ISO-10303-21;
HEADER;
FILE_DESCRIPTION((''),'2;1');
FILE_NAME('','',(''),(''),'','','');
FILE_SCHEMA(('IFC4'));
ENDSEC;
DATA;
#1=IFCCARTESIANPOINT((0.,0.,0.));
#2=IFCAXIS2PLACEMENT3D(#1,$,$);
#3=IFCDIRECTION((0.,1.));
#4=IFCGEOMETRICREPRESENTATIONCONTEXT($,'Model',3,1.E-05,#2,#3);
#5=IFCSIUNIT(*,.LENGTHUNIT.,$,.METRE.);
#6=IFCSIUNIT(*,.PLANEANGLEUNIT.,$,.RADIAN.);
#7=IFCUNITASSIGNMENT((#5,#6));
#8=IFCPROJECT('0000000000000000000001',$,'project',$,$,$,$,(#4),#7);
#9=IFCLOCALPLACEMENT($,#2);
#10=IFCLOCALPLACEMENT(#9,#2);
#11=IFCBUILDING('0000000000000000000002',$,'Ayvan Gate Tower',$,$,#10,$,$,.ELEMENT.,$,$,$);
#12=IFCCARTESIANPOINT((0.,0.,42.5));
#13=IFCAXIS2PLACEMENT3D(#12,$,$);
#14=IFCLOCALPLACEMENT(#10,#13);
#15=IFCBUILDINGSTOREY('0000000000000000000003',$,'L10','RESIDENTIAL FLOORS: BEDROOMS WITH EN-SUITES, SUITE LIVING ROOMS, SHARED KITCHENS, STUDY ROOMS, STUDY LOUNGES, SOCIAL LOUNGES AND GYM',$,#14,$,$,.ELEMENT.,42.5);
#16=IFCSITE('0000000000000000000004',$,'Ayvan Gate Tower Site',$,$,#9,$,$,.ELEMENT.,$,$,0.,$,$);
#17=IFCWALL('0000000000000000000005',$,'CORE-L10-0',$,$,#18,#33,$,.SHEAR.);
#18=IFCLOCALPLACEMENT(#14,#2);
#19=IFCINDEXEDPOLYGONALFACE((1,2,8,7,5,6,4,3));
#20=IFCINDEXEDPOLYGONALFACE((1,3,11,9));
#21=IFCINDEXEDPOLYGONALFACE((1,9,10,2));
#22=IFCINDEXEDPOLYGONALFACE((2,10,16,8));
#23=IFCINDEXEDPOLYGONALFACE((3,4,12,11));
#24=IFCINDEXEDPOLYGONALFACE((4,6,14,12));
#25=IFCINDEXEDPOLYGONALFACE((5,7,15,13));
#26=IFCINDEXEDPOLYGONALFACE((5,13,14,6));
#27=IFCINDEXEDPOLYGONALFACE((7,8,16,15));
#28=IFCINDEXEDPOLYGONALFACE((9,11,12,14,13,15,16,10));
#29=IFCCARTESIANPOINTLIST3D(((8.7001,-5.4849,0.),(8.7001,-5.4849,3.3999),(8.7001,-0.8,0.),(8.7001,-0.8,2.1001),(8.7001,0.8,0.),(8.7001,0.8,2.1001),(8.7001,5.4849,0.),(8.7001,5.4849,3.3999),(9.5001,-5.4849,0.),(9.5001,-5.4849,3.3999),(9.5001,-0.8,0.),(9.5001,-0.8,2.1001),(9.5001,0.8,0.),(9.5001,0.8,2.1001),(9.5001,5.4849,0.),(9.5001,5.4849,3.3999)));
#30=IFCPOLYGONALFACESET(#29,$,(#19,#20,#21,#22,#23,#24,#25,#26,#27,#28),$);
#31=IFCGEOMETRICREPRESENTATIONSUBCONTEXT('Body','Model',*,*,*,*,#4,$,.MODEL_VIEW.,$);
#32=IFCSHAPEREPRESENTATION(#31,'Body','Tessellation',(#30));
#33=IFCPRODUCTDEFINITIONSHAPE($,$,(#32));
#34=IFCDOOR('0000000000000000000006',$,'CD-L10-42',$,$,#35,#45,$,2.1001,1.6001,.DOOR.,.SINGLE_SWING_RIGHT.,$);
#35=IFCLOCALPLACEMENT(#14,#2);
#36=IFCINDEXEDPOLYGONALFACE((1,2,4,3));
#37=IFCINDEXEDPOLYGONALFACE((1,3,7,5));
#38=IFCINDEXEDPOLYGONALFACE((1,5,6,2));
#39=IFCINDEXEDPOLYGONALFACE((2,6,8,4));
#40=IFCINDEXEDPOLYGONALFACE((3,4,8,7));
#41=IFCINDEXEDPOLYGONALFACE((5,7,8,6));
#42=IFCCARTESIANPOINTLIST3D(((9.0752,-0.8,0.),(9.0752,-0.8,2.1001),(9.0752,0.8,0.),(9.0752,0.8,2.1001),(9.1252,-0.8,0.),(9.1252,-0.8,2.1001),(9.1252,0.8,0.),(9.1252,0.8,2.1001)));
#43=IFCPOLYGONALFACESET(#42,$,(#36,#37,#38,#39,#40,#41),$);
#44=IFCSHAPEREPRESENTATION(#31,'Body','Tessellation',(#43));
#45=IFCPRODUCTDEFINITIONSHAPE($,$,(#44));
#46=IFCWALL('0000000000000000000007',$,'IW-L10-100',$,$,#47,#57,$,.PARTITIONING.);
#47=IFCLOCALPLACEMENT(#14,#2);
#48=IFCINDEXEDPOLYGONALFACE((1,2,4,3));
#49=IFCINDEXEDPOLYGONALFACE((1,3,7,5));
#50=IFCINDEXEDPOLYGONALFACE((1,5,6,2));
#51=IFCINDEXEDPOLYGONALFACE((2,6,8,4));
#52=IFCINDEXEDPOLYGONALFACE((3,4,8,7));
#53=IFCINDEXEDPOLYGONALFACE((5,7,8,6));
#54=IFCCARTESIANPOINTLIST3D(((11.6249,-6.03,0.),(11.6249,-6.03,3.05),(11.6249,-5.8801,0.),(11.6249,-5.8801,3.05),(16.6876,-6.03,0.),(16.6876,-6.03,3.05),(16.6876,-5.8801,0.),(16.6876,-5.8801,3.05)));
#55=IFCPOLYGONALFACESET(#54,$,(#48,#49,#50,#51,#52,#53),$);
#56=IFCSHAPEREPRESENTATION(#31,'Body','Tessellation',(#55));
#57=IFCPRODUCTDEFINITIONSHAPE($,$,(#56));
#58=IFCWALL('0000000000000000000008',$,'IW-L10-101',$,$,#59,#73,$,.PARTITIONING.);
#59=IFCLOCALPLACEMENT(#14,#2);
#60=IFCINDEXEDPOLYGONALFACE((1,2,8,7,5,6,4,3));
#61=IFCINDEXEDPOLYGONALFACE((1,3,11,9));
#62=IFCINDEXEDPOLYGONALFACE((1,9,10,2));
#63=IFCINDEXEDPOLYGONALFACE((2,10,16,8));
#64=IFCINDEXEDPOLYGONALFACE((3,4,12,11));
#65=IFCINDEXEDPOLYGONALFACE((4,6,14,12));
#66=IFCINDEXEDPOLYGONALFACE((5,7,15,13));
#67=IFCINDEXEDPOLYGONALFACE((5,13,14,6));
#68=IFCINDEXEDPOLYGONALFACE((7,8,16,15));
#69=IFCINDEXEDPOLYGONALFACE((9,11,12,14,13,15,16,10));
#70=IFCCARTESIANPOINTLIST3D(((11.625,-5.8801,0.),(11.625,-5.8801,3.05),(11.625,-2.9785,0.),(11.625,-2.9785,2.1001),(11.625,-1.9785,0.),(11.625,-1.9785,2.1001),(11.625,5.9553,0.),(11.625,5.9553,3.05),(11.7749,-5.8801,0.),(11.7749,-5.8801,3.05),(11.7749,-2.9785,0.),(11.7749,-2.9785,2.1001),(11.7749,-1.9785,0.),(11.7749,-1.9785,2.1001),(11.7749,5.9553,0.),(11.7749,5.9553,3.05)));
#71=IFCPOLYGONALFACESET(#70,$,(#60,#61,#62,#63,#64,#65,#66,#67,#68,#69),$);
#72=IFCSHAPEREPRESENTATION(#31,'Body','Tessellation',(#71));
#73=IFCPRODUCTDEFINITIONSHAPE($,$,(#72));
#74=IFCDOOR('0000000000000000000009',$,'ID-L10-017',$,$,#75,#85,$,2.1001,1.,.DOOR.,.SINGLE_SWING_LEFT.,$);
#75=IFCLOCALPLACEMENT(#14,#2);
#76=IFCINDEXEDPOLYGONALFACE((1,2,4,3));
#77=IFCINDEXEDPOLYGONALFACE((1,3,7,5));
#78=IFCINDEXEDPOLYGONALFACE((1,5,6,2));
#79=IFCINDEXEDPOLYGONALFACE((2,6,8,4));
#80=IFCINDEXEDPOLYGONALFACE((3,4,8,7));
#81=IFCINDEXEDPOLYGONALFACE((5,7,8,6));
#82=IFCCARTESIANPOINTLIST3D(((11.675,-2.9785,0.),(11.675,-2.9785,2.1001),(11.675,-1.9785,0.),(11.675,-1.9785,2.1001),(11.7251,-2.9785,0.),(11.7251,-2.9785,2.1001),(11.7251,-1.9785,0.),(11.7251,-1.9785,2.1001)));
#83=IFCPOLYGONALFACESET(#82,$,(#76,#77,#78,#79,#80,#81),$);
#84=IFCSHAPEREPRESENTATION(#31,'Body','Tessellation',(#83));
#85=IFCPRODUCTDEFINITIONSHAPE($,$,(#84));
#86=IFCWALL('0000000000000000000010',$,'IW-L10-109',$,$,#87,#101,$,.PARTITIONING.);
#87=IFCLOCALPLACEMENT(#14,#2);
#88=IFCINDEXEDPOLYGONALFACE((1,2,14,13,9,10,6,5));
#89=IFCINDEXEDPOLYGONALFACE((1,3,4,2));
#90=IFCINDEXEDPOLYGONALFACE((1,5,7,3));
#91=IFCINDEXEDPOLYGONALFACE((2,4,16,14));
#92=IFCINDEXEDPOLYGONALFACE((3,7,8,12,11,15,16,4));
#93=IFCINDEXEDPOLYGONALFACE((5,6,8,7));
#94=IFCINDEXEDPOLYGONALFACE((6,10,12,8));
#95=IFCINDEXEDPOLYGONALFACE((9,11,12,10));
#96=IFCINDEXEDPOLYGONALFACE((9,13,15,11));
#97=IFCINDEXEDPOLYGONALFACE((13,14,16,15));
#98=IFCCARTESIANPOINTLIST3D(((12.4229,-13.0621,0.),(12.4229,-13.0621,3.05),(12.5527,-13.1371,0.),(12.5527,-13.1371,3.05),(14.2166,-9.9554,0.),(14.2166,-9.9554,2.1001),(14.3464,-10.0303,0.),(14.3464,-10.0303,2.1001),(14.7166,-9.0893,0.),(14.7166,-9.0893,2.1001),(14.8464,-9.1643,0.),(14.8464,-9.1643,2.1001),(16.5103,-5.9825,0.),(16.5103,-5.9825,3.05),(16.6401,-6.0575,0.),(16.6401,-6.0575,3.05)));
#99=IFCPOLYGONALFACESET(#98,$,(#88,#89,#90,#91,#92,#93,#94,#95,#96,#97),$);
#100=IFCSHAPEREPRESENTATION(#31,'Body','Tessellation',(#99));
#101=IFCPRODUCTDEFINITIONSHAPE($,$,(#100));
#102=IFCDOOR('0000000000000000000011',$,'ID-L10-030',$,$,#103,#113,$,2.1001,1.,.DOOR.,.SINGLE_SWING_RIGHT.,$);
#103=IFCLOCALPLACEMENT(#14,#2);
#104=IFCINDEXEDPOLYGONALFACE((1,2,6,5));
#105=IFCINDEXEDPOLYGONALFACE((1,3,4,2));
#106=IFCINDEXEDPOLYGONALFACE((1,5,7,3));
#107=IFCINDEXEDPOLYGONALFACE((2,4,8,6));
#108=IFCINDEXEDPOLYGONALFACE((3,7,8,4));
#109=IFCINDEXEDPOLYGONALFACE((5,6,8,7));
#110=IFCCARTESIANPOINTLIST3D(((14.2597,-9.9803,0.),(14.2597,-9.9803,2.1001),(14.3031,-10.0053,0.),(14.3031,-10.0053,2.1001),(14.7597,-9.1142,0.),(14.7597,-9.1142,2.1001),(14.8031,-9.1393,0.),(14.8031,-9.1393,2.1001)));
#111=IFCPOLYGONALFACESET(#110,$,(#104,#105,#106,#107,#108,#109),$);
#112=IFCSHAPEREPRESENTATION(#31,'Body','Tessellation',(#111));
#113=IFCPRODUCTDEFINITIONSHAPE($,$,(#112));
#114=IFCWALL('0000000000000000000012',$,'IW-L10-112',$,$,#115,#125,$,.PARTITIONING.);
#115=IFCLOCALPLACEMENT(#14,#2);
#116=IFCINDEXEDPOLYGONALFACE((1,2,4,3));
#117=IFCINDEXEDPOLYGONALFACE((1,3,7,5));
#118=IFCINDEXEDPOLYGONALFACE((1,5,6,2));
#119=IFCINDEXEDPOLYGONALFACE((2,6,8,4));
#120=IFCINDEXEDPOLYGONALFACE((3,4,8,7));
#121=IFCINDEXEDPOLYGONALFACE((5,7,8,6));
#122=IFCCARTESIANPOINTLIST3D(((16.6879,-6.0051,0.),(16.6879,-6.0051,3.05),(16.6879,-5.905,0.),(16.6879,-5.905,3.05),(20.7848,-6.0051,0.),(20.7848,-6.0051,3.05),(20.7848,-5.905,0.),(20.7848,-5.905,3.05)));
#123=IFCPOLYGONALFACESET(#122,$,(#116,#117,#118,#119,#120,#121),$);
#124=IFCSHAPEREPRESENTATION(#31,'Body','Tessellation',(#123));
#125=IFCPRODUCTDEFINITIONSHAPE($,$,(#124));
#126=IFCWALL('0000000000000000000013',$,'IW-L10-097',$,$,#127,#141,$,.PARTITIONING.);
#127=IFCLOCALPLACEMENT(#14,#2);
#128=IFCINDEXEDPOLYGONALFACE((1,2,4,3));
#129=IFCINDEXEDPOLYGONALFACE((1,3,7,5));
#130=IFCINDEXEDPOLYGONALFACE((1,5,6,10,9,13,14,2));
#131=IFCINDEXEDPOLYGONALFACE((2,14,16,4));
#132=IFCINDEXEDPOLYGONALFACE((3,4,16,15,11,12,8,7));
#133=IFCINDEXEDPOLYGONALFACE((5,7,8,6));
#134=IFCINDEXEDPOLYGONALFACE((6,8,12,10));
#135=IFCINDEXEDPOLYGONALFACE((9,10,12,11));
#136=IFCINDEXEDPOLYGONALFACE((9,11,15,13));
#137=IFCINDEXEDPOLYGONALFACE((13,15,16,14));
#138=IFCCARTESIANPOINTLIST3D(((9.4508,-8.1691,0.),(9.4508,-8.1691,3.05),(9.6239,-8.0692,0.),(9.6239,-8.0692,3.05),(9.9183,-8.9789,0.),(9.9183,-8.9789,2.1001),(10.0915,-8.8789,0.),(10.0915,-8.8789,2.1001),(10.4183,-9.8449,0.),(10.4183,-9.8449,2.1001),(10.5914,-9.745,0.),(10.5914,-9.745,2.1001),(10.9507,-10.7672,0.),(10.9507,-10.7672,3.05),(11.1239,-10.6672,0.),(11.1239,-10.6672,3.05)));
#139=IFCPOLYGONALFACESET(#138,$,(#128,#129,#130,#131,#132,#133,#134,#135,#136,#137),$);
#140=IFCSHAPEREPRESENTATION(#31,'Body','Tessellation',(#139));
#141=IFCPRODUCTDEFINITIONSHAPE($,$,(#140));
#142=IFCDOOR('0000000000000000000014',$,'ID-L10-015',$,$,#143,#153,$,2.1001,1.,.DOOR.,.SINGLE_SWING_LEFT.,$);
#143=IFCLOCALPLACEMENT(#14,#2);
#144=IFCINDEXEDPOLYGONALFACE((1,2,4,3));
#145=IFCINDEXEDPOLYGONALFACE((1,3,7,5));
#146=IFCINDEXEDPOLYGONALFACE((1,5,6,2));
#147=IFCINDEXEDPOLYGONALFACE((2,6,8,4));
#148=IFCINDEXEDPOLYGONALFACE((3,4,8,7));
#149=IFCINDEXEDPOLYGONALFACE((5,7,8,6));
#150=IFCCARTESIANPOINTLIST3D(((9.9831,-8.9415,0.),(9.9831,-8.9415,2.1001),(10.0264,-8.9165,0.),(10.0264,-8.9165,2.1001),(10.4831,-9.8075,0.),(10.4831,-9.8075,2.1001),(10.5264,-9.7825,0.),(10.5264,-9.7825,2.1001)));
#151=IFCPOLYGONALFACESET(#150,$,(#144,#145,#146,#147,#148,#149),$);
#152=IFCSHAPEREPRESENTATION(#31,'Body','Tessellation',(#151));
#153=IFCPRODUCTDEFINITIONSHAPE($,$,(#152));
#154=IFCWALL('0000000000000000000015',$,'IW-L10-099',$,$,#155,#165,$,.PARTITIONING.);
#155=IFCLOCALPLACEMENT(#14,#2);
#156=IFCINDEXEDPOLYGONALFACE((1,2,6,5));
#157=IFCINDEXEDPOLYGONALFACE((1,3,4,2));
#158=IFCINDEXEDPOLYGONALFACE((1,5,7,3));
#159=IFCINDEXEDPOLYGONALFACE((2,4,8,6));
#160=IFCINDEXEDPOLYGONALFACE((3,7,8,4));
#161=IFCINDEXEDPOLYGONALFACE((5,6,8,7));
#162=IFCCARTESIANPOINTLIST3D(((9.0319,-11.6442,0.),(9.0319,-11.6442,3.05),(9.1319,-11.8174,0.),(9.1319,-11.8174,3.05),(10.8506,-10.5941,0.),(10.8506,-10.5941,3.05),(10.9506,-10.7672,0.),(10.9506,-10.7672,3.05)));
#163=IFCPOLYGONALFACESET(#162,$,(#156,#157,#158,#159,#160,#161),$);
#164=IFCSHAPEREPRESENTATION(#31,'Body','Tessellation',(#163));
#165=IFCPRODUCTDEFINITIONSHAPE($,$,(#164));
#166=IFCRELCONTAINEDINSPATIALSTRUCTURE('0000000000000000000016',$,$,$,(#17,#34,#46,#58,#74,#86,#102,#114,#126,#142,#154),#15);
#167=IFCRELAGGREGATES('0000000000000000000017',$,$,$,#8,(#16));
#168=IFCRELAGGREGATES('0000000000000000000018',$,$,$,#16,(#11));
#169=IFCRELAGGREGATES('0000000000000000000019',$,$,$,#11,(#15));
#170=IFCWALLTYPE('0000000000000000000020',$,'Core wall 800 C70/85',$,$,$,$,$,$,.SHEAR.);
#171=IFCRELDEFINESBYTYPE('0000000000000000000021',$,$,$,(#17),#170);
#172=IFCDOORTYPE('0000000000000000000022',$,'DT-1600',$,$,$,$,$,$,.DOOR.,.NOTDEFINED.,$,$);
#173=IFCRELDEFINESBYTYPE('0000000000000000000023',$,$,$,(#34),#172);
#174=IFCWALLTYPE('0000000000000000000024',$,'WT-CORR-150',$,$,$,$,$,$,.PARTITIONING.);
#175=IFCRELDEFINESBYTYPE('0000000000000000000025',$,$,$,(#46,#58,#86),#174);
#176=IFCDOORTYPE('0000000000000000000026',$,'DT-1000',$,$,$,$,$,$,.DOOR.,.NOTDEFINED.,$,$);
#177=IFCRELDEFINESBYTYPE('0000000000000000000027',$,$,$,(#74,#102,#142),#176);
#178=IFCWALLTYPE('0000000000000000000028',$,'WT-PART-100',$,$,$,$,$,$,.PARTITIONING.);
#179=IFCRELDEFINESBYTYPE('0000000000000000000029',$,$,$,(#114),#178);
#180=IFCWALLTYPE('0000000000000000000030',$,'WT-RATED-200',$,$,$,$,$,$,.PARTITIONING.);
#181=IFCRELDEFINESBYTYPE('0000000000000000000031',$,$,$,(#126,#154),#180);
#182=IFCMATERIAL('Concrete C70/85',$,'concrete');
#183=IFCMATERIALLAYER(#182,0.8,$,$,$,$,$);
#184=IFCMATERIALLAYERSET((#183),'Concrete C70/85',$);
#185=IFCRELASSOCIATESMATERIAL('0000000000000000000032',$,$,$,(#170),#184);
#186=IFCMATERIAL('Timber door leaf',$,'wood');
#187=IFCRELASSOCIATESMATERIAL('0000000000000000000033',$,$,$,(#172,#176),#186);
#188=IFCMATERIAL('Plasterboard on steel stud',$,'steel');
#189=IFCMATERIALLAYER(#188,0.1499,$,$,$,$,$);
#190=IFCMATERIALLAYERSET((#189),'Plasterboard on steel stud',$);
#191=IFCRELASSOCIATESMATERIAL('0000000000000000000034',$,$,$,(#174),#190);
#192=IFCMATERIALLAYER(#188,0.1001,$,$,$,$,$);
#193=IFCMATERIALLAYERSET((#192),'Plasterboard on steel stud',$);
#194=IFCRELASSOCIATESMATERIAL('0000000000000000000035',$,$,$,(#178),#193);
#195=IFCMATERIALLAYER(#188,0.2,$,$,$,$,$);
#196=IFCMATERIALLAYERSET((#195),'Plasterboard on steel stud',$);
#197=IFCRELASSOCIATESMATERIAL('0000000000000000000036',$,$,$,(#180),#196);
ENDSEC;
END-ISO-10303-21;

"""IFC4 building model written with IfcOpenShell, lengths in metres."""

from ifc_helpers import new_model, si_unit, direction, frame, frame_2d, origin, place, context, subcontext, project, spatial, rectangle, extrude, material, layer, layer_set, type_object, element, fill, save


model = new_model("IFC4")

# Units and contexts
model_context = context("Model", 3, precision=1e-05, world=origin(), true_north=direction((0.0, 1.0)))
body_context = subcontext(model_context, "Body", "Model", "MODEL_VIEW")
ifc_project = project(units=[si_unit("LENGTHUNIT", "METRE"), si_unit("PLANEANGLEUNIT", "RADIAN")], contexts=[model_context])

# Site, building, storey
site_placement = place(None, origin())
site = spatial("IfcSite", under=ifc_project, at=site_placement, Name="Ayvan Gate Tower Site", CompositionType="ELEMENT", RefElevation=0.0)
building_placement = place(site_placement, origin())
building = spatial("IfcBuilding", under=site, at=building_placement, Name="Ayvan Gate Tower", CompositionType="ELEMENT")
storey_placement = place(building_placement, frame((0.0, 0.0, 42.5)))
storey = spatial("IfcBuildingStorey", under=building, at=storey_placement, Name="L10", Description="RESIDENTIAL FLOORS: BEDROOMS WITH EN-SUITES, SUITE LIVING ROOMS, SHARED KITCHENS, STUDY ROOMS, STUDY LOUNGES, SOCIAL LOUNGES AND GYM", CompositionType="ELEMENT", Elevation=42.5)

# Shared definitions
ifc_material_1 = material(Name="Concrete C70/85", Category="concrete")

# Wall, opening, door
ifc_layer_1 = layer(ifc_material_1, 0.8)
ifc_layer_set_1 = layer_set([ifc_layer_1], Name="Concrete C70/85")
wall_type_1 = type_object("IfcWallType", Name="Core wall 800 C70/85", PredefinedType="SHEAR", material=ifc_layer_set_1)
wall_1_placement = place(storey_placement, frame((9.1001, -5.4849, 0.0), z_axis=(0.0, 0.0, 1.0), x_axis=(0.0, 1.0, 0.0)))
wall_1 = element("IfcWall", 1, at=wall_1_placement, inside=storey, type_object=wall_type_1, Name="CORE-L10-0", PredefinedType="SHEAR", context=body_context, shape_type="SweptSolid", body=[
    extrude(rectangle(XDim=10.9697, YDim=0.8, at=frame_2d((5.4849, 0.0))), origin(), (0.0, 0.0, 1.0), 3.3999),
])
opening_1_placement = place(wall_1_placement, frame((4.6848, 0.0, 0.0)))
opening_1 = element("IfcOpeningElement", 2, at=opening_1_placement, cuts=wall_1, PredefinedType="OPENING", context=body_context, shape_type="SweptSolid", body=[
    extrude(rectangle(XDim=1.6001, YDim=2.1001, at=frame_2d((0.8, 1.05))), frame((0.0, 0.4099, 0.0), z_axis=(0.0, -1.0, 0.0), x_axis=(1.0, 0.0, 0.0)), (0.0, 0.0, 1.0), 0.8201),
])
ifc_material_2 = material(Name="Timber door leaf", Category="wood")
door_type_1 = type_object("IfcDoorType", Name="DT-1600", OperationType="NOTDEFINED", PredefinedType="DOOR", material=ifc_material_2)
door_1_placement = place(opening_1_placement, origin())
door_1 = element("IfcDoor", 3, at=door_1_placement, inside=storey, type_object=door_type_1, Name="CD-L10-42", OperationType="SINGLE_SWING_RIGHT", OverallHeight=2.1001, OverallWidth=1.6001, PredefinedType="DOOR", context=body_context, shape_type="SweptSolid", body=[
    extrude(rectangle(XDim=1.6001, YDim=2.1001, at=frame_2d((0.8, 1.05))), frame((0.0, 0.0249, 0.0), z_axis=(0.0, -1.0, 0.0), x_axis=(1.0, 0.0, 0.0)), (0.0, 0.0, 1.0), 0.05),
])
fill(opening_1, door_1)

# Wall
ifc_material_3 = material(Name="Plasterboard on steel stud", Category="steel")
ifc_layer_2 = layer(ifc_material_3, 0.1499)
ifc_layer_set_2 = layer_set([ifc_layer_2], Name="Plasterboard on steel stud")
wall_type_2 = type_object("IfcWallType", Name="WT-CORR-150", PredefinedType="PARTITIONING", material=ifc_layer_set_2)
wall_2_placement = place(storey_placement, frame((11.625, -5.9551, 0.0), z_axis=(0.0, 0.0, 1.0), x_axis=(1.0, 0.0, 0.0)))
element("IfcWall", 4, at=wall_2_placement, inside=storey, type_object=wall_type_2, Name="IW-L10-100", PredefinedType="PARTITIONING", context=body_context, shape_type="SweptSolid", body=[
    extrude(rectangle(XDim=5.0627, YDim=0.1499, at=frame_2d((2.5312, 0.0))), origin(), (0.0, 0.0, 1.0), 3.05),
])

# Walls, openings, doors
wall_3_placement = place(storey_placement, frame((11.7, -5.8801, 0.0), z_axis=(0.0, 0.0, 1.0), x_axis=(0.0, 1.0, 0.0)))
wall_3 = element("IfcWall", 5, at=wall_3_placement, inside=storey, type_object=wall_type_2, Name="IW-L10-101", PredefinedType="PARTITIONING", context=body_context, shape_type="SweptSolid", body=[
    extrude(rectangle(XDim=11.8354, YDim=0.1499, at=frame_2d((5.9177, 0.0))), origin(), (0.0, 0.0, 1.0), 3.05),
])
opening_2_placement = place(wall_3_placement, frame((2.9016, 0.0, 0.0)))
opening_2 = element("IfcOpeningElement", 6, at=opening_2_placement, cuts=wall_3, PredefinedType="OPENING", context=body_context, shape_type="SweptSolid", body=[
    extrude(rectangle(XDim=1.0, YDim=2.1001, at=frame_2d((0.5, 1.05))), frame((0.0, 0.085, 0.0), z_axis=(0.0, -1.0, 0.0), x_axis=(1.0, 0.0, 0.0)), (0.0, 0.0, 1.0), 0.1699),
])
door_type_2 = type_object("IfcDoorType", Name="DT-1000", OperationType="NOTDEFINED", PredefinedType="DOOR", material=ifc_material_2)
door_2_placement = place(opening_2_placement, origin())
door_2 = element("IfcDoor", 7, at=door_2_placement, inside=storey, type_object=door_type_2, Name="ID-L10-017", OperationType="SINGLE_SWING_LEFT", OverallHeight=2.1001, OverallWidth=1.0, PredefinedType="DOOR", context=body_context, shape_type="SweptSolid", body=[
    extrude(rectangle(XDim=1.0, YDim=2.1001, at=frame_2d((0.5, 1.05))), frame((0.0, 0.0249, 0.0), z_axis=(0.0, -1.0, 0.0), x_axis=(1.0, 0.0, 0.0)), (0.0, 0.0, 1.0), 0.05),
])
fill(opening_2, door_2)
wall_4_placement = place(storey_placement, frame((16.5752, -6.02, 0.0), z_axis=(0.0, 0.0, 1.0), x_axis=(-0.5, -0.866025, 0.0)))
wall_4 = element("IfcWall", 8, at=wall_4_placement, inside=storey, type_object=wall_type_2, Name="IW-L10-109", PredefinedType="PARTITIONING", context=body_context, shape_type="SweptSolid", body=[
    extrude(rectangle(XDim=8.1748, YDim=0.1499, at=frame_2d((4.0874, 0.0))), origin(), (0.0, 0.0, 1.0), 3.05),
])
opening_3_placement = place(wall_4_placement, frame((3.5874, 0.0, 0.0)))
opening_3 = element("IfcOpeningElement", 9, at=opening_3_placement, cuts=wall_4, PredefinedType="OPENING", context=body_context, shape_type="SweptSolid", body=[
    extrude(rectangle(XDim=1.0, YDim=2.1001, at=frame_2d((0.5, 1.05))), frame((0.0, 0.085, 0.0), z_axis=(0.0, -1.0, 0.0), x_axis=(1.0, 0.0, 0.0)), (0.0, 0.0, 1.0), 0.1699),
])
door_3_placement = place(opening_3_placement, origin())
door_3 = element("IfcDoor", 10, at=door_3_placement, inside=storey, type_object=door_type_2, Name="ID-L10-030", OperationType="SINGLE_SWING_RIGHT", OverallHeight=2.1001, OverallWidth=1.0, PredefinedType="DOOR", context=body_context, shape_type="SweptSolid", body=[
    extrude(rectangle(XDim=1.0, YDim=2.1001, at=frame_2d((0.5, 1.05))), frame((0.0, 0.0249, 0.0), z_axis=(0.0, -1.0, 0.0), x_axis=(1.0, 0.0, 0.0)), (0.0, 0.0, 1.0), 0.05),
])
fill(opening_3, door_3)

# Wall
ifc_layer_3 = layer(ifc_material_3, 0.1001)
ifc_layer_set_3 = layer_set([ifc_layer_3], Name="Plasterboard on steel stud")
wall_type_3 = type_object("IfcWallType", Name="WT-PART-100", PredefinedType="PARTITIONING", material=ifc_layer_set_3)
wall_5_placement = place(storey_placement, frame((20.7847, -5.9551, 0.0), z_axis=(0.0, 0.0, 1.0), x_axis=(-1.0, 0.0, 0.0)))
element("IfcWall", 11, at=wall_5_placement, inside=storey, type_object=wall_type_3, Name="IW-L10-112", PredefinedType="PARTITIONING", context=body_context, shape_type="SweptSolid", body=[
    extrude(rectangle(XDim=4.0969, YDim=0.1001, at=frame_2d((2.0483, 0.0))), origin(), (0.0, 0.0, 1.0), 3.05),
])

# Wall, opening, door
ifc_layer_4 = layer(ifc_material_3, 0.2)
ifc_layer_set_4 = layer_set([ifc_layer_4], Name="Plasterboard on steel stud")
wall_type_4 = type_object("IfcWallType", Name="WT-RATED-200", PredefinedType="PARTITIONING", material=ifc_layer_set_4)
wall_6_placement = place(storey_placement, frame((9.5374, -8.1191, 0.0), z_axis=(0.0, 0.0, 1.0), x_axis=(0.49999, -0.866031, 0.0)))
wall_6 = element("IfcWall", 12, at=wall_6_placement, inside=storey, type_object=wall_type_4, Name="IW-L10-097", PredefinedType="PARTITIONING", context=body_context, shape_type="SweptSolid", body=[
    extrude(rectangle(XDim=3.0, YDim=0.2, at=frame_2d((1.5, 0.0))), origin(), (0.0, 0.0, 1.0), 3.05),
])
opening_4_placement = place(wall_6_placement, frame((0.9351, 0.0, 0.0)))
opening_4 = element("IfcOpeningElement", 13, at=opening_4_placement, cuts=wall_6, PredefinedType="OPENING", context=body_context, shape_type="SweptSolid", body=[
    extrude(rectangle(XDim=1.0, YDim=2.1001, at=frame_2d((0.5, 1.05))), frame((0.0, 0.1099, 0.0), z_axis=(0.0, -1.0, 0.0), x_axis=(1.0, 0.0, 0.0)), (0.0, 0.0, 1.0), 0.22),
])
door_4_placement = place(opening_4_placement, origin())
door_4 = element("IfcDoor", 14, at=door_4_placement, inside=storey, type_object=door_type_2, Name="ID-L10-015", OperationType="SINGLE_SWING_LEFT", OverallHeight=2.1001, OverallWidth=1.0, PredefinedType="DOOR", context=body_context, shape_type="SweptSolid", body=[
    extrude(rectangle(XDim=1.0, YDim=2.1001, at=frame_2d((0.5, 1.05))), frame((0.0, 0.0249, 0.0), z_axis=(0.0, -1.0, 0.0), x_axis=(1.0, 0.0, 0.0)), (0.0, 0.0, 1.0), 0.05),
])
fill(opening_4, door_4)

# Wall
wall_7_placement = place(storey_placement, frame((10.9006, -10.6807, 0.0), z_axis=(0.0, 0.0, 1.0), x_axis=(-0.866009, -0.500028, 0.0)))
element("IfcWall", 15, at=wall_7_placement, inside=storey, type_object=wall_type_4, Name="IW-L10-099", PredefinedType="PARTITIONING", context=body_context, shape_type="SweptSolid", body=[
    extrude(rectangle(XDim=2.1001, YDim=0.2, at=frame_2d((1.05, 0.0))), origin(), (0.0, 0.0, 1.0), 3.05),
])

save(model, "model.ifc")
